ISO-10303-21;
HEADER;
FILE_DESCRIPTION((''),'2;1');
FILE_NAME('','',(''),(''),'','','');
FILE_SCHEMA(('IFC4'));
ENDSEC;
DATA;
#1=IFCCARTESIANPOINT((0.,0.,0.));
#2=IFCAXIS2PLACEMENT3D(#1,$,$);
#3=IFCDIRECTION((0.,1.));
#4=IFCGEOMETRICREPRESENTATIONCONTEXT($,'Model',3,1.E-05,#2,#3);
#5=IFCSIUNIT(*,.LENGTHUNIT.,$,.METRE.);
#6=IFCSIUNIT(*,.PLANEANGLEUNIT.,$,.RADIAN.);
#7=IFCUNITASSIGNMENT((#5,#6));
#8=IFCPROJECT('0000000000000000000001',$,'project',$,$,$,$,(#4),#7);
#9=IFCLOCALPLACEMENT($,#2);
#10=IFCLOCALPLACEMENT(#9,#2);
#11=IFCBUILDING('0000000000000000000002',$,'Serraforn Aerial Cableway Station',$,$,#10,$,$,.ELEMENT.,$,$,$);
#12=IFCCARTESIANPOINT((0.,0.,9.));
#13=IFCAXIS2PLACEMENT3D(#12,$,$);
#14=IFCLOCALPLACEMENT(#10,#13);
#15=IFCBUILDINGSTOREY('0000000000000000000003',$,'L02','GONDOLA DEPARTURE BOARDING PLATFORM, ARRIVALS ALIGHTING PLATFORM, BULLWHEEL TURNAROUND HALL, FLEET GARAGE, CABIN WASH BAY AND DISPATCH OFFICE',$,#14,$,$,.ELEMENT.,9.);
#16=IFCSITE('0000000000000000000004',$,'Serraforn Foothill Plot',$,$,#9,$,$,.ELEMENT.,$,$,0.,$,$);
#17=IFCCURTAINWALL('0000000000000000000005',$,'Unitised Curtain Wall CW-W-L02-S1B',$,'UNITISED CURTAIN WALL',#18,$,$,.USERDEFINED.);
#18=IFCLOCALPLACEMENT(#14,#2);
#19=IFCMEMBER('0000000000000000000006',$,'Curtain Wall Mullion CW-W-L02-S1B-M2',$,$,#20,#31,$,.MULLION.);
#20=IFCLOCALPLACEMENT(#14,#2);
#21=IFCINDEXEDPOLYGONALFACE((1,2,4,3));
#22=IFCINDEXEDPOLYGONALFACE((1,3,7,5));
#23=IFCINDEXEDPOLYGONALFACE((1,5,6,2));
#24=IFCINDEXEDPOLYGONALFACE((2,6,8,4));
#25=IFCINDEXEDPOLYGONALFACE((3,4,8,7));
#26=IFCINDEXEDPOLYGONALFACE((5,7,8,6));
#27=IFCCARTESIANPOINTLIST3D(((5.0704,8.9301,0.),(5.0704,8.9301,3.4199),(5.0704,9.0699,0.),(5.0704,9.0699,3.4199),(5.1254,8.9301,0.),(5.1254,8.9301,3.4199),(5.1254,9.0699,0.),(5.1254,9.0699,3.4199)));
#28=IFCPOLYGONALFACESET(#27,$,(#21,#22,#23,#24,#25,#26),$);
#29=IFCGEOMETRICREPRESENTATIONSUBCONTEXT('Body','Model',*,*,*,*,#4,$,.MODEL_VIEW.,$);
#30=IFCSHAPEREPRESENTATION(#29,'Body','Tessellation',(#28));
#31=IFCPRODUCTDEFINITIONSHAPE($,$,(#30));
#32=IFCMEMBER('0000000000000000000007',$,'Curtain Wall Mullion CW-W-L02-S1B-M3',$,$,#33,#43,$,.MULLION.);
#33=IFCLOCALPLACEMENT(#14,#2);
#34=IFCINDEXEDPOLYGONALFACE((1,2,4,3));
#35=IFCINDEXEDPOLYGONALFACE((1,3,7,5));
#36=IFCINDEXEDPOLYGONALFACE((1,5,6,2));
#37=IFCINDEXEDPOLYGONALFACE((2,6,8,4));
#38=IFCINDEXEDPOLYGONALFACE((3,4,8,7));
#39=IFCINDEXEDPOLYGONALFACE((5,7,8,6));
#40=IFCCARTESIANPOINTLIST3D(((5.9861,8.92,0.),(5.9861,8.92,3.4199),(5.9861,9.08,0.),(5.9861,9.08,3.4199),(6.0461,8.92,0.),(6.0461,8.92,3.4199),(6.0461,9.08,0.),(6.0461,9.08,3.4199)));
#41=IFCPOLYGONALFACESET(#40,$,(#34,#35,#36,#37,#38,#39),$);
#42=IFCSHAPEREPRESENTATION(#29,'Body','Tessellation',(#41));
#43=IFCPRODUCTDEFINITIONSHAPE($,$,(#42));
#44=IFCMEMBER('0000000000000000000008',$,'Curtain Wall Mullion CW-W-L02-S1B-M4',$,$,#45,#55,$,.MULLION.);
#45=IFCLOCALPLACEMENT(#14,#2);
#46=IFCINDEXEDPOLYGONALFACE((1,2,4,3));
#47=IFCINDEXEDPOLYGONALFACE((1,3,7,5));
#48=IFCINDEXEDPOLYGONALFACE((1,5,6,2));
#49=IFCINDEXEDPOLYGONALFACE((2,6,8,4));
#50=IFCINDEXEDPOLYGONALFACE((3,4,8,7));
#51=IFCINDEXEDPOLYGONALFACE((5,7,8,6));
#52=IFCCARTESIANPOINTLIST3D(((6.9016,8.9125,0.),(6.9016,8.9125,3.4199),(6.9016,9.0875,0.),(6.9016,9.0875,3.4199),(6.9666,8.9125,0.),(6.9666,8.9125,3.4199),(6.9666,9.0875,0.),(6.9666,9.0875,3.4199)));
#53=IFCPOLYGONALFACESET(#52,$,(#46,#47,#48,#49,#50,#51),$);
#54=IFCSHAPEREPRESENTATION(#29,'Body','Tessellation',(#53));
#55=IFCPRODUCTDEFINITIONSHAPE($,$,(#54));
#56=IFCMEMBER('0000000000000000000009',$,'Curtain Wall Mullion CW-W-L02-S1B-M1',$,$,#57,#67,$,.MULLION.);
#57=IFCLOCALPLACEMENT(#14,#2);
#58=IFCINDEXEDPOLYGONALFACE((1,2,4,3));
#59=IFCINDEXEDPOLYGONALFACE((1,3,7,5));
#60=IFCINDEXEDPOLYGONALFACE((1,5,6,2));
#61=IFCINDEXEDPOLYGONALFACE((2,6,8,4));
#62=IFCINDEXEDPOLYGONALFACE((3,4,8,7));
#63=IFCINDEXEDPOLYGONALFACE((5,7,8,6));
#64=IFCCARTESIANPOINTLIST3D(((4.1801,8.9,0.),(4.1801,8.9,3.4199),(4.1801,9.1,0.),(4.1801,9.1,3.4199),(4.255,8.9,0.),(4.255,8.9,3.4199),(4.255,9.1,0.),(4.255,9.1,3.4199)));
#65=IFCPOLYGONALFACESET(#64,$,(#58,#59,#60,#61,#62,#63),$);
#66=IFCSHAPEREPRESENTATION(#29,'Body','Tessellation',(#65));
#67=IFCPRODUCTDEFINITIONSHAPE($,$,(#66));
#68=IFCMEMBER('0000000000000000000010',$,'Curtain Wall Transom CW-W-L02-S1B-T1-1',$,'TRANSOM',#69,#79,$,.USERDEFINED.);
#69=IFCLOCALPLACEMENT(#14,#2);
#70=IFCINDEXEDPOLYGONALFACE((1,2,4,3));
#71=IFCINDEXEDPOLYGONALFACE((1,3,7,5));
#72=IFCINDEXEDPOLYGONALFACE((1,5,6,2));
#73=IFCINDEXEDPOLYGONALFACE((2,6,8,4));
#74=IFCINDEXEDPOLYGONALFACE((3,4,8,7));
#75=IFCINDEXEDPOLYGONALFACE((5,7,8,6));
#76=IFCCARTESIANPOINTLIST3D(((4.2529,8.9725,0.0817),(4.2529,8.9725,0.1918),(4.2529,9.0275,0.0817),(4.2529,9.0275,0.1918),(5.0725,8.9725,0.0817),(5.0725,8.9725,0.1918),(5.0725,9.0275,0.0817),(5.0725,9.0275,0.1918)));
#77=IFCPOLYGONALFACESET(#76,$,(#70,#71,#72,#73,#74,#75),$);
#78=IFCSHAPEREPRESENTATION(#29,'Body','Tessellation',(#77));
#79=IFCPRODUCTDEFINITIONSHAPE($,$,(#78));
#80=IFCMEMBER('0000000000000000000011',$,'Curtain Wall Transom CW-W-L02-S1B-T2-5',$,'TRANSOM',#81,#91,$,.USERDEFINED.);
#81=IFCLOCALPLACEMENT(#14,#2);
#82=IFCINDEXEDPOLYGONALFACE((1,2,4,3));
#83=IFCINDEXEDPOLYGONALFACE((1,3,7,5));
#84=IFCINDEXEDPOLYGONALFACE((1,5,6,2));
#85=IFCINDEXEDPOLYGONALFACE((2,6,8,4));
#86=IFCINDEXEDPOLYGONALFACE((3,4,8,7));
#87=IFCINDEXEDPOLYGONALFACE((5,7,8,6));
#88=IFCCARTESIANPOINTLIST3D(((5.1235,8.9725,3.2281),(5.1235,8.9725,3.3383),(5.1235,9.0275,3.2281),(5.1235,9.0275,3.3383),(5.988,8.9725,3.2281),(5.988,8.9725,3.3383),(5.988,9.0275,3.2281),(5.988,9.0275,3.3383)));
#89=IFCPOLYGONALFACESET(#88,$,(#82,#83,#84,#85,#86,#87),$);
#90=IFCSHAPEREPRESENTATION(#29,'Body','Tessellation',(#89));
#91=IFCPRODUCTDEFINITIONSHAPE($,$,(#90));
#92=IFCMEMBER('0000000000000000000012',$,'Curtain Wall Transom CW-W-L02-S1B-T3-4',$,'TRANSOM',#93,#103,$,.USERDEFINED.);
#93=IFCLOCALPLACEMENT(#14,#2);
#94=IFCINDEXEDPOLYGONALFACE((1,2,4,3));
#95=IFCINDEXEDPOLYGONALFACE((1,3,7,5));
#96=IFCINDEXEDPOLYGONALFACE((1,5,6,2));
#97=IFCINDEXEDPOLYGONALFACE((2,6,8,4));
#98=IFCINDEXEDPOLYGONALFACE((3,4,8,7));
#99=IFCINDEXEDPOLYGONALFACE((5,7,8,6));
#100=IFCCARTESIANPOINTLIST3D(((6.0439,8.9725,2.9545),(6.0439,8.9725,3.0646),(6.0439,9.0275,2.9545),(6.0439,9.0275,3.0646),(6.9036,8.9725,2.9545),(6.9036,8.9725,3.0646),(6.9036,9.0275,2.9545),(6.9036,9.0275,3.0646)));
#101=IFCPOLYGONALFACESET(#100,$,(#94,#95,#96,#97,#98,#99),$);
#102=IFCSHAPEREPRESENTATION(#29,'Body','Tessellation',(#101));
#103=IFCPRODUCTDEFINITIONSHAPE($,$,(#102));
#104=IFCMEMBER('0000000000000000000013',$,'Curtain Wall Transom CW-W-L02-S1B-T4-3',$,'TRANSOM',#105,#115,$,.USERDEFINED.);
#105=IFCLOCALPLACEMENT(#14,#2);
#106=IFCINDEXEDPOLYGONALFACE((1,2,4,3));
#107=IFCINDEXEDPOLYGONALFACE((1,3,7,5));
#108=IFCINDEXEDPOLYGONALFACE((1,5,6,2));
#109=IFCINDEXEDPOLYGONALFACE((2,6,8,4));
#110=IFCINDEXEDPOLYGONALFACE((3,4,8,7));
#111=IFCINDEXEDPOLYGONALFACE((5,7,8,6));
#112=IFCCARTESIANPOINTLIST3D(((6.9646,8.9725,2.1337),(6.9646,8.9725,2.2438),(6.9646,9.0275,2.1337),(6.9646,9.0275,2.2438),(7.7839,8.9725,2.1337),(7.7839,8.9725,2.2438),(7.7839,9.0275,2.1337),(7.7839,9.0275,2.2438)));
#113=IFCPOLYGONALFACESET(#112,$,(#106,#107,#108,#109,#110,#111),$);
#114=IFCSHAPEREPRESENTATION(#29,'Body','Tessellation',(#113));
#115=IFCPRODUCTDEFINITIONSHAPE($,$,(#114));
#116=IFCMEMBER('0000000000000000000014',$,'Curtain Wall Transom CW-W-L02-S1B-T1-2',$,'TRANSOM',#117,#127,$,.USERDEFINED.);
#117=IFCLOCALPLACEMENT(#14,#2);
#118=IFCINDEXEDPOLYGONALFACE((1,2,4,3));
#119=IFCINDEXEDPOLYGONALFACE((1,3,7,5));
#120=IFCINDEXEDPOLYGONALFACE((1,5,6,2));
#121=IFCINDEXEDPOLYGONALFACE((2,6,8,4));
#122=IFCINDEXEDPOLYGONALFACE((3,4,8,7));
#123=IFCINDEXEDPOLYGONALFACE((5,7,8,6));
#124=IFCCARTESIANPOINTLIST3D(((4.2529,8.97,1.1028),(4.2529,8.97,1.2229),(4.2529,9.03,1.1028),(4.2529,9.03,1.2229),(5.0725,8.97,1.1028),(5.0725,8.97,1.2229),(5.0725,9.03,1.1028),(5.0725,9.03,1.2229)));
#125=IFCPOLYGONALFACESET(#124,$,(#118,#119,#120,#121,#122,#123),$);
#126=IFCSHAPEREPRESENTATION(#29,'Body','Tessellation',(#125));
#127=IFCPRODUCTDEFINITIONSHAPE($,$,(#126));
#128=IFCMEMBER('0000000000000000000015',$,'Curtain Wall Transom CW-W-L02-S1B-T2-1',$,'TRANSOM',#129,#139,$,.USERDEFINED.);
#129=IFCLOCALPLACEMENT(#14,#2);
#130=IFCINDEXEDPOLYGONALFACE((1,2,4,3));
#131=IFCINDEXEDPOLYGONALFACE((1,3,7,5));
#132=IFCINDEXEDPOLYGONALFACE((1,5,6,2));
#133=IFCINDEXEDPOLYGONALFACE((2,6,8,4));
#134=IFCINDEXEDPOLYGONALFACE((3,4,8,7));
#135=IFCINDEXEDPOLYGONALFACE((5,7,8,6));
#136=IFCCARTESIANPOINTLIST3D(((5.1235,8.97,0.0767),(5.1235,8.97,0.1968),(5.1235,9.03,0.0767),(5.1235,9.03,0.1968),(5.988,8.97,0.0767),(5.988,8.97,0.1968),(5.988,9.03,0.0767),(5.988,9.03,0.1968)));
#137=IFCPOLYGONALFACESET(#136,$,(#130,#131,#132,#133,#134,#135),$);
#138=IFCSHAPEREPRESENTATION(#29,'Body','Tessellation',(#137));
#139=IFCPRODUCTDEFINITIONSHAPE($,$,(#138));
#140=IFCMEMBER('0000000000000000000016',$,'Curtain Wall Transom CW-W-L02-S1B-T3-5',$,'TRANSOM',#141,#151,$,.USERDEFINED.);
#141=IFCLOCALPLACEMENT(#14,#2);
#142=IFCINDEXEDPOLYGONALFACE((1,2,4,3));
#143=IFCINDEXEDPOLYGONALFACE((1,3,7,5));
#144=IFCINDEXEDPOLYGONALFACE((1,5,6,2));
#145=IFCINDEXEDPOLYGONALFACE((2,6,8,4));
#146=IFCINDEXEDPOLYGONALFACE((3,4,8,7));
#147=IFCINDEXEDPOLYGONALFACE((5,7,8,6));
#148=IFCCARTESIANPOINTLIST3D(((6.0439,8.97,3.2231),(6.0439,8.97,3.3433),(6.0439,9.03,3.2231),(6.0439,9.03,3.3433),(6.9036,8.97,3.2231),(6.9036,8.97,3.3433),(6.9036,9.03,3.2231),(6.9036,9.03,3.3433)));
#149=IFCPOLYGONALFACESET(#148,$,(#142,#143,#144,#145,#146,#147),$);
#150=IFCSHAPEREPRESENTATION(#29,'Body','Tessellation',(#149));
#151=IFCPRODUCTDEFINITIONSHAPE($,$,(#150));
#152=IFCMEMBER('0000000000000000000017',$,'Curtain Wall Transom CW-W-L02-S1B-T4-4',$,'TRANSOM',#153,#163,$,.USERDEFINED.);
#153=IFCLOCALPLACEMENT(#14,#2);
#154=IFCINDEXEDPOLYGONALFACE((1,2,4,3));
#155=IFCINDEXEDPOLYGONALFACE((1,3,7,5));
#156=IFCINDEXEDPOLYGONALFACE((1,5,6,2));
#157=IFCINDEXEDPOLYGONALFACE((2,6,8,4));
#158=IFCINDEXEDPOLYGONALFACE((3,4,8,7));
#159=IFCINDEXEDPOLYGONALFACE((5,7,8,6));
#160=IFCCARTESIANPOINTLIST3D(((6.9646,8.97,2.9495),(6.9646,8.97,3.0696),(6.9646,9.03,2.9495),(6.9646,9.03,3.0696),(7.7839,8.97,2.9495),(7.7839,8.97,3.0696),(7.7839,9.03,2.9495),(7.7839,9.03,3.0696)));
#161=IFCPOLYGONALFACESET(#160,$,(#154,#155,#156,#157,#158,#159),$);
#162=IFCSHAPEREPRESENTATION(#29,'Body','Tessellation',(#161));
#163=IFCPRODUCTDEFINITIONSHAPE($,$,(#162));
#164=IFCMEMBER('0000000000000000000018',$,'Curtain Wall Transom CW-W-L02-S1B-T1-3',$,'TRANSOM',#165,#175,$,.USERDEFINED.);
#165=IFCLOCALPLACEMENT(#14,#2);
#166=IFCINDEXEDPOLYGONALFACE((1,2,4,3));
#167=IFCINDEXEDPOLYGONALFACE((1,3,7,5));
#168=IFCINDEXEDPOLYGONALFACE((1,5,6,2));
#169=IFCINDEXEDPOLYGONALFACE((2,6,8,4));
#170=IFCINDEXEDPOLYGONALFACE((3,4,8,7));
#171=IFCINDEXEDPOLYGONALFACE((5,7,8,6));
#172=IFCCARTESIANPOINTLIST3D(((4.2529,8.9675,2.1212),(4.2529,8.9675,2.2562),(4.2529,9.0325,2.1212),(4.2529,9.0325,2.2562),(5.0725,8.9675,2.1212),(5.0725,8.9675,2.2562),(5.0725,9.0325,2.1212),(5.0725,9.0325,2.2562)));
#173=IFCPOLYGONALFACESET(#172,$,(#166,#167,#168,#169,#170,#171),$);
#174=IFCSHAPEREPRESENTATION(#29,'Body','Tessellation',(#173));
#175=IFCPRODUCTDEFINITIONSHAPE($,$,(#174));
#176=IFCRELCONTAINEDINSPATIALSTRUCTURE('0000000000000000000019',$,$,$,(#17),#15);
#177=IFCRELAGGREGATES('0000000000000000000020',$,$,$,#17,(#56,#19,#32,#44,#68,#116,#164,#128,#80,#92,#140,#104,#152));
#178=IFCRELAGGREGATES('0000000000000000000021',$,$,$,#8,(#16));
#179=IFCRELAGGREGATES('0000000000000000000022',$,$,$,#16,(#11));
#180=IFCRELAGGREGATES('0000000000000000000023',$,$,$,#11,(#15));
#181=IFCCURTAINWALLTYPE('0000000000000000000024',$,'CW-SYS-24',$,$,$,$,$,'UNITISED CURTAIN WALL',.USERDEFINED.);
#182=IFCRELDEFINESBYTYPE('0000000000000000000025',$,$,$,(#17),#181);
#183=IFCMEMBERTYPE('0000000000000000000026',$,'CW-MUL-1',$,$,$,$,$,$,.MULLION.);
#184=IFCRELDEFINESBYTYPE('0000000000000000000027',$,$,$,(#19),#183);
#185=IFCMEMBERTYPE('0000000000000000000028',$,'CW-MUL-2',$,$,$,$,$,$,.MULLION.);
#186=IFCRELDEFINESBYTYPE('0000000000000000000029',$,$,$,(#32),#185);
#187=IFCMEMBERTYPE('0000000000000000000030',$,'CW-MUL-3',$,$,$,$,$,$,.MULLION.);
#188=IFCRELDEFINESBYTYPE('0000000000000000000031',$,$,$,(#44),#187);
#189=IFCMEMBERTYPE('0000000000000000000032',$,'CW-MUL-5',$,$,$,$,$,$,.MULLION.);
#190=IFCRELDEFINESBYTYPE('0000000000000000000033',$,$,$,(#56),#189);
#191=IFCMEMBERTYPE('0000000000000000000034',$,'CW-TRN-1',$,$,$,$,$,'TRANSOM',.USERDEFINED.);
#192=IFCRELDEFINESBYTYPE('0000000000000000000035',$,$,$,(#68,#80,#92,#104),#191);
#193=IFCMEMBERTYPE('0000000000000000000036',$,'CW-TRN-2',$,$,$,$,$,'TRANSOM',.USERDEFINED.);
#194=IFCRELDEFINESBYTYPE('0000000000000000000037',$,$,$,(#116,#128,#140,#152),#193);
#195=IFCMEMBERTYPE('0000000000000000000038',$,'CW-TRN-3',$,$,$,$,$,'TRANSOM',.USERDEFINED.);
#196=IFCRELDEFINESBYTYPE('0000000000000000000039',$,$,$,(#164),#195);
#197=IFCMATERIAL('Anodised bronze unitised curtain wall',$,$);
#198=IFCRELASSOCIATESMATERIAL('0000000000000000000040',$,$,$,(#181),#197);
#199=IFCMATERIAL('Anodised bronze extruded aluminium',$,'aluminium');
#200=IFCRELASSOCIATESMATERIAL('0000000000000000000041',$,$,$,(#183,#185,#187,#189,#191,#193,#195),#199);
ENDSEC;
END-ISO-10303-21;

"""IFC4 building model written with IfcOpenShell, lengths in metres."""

from ifc_helpers import new_model, si_unit, direction, frame, origin, origin_2d, place, context, subcontext, project, spatial, rectangle, extrude, material, material_profile, profile_set, type_object, element, aggregate, save


model = new_model("IFC4")

# Units and contexts
model_context = context("Model", 3, precision=1e-05, world=origin(), true_north=direction((0.0, 1.0)))
body_context = subcontext(model_context, "Body", "Model", "MODEL_VIEW")
ifc_project = project(units=[si_unit("LENGTHUNIT", "METRE"), si_unit("PLANEANGLEUNIT", "RADIAN")], contexts=[model_context])

# Site, building, storey
site_placement = place(None, origin())
site = spatial("IfcSite", under=ifc_project, at=site_placement, Name="Serraforn Foothill Plot", CompositionType="ELEMENT", RefElevation=0.0)
building_placement = place(site_placement, origin())
building = spatial("IfcBuilding", under=site, at=building_placement, Name="Serraforn Aerial Cableway Station", CompositionType="ELEMENT")
storey_placement = place(building_placement, frame((0.0, 0.0, 9.0)))
storey = spatial("IfcBuildingStorey", under=building, at=storey_placement, Name="L02", Description="GONDOLA DEPARTURE BOARDING PLATFORM, ARRIVALS ALIGHTING PLATFORM, BULLWHEEL TURNAROUND HALL, FLEET GARAGE, CABIN WASH BAY AND DISPATCH OFFICE", CompositionType="ELEMENT", Elevation=9.0)

# Curtain wall, members
ifc_material_1 = material(Name="Anodised bronze unitised curtain wall")
curtain_wall_type = type_object("IfcCurtainWallType", Name="CW-SYS-24", ElementType="UNITISED CURTAIN WALL", PredefinedType="USERDEFINED", material=ifc_material_1)
curtain_wall_placement = place(storey_placement, origin())
curtain_wall = element("IfcCurtainWall", 1, at=curtain_wall_placement, inside=storey, type_object=curtain_wall_type, Name="Unitised Curtain Wall CW-W-L02-S1B", ObjectType="UNITISED CURTAIN WALL", PredefinedType="USERDEFINED")
ifc_material_2 = material(Name="Anodised bronze extruded aluminium", Category="aluminium")
ifc_material_profile_1 = material_profile(ifc_material_2, rectangle(XDim=0.0549, YDim=0.1399, at=origin_2d()), Name="CW MULLION 55x140")
ifc_profile_set_1 = profile_set([ifc_material_profile_1], Name="Anodised bronze extruded aluminium")
member_type_1 = type_object("IfcMemberType", Name="CW-MUL-1", PredefinedType="MULLION", material=ifc_profile_set_1)
member_1_placement = place(storey_placement, frame((5.0979, 9.0, 0.0), z_axis=(0.0, 0.0, 1.0), x_axis=(1.0, 0.0, 0.0)))
member_1 = element("IfcMember", 2, at=member_1_placement, type_object=member_type_1, Name="Curtain Wall Mullion CW-W-L02-S1B-M2", PredefinedType="MULLION", context=body_context, shape_type="SweptSolid", body=[
    extrude(rectangle(XDim=0.0549, YDim=0.1399, at=origin_2d()), origin(), (0.0, 0.0, 1.0), 3.4199),
])
ifc_material_profile_2 = material_profile(ifc_material_2, rectangle(XDim=0.0601, YDim=0.1599, at=origin_2d()), Name="CW MULLION 60x160")
ifc_profile_set_2 = profile_set([ifc_material_profile_2], Name="Anodised bronze extruded aluminium")
member_type_2 = type_object("IfcMemberType", Name="CW-MUL-2", PredefinedType="MULLION", material=ifc_profile_set_2)
member_2_placement = place(storey_placement, frame((6.0161, 9.0, 0.0), z_axis=(0.0, 0.0, 1.0), x_axis=(1.0, 0.0, 0.0)))
member_2 = element("IfcMember", 3, at=member_2_placement, type_object=member_type_2, Name="Curtain Wall Mullion CW-W-L02-S1B-M3", PredefinedType="MULLION", context=body_context, shape_type="SweptSolid", body=[
    extrude(rectangle(XDim=0.0601, YDim=0.1599, at=origin_2d()), origin(), (0.0, 0.0, 1.0), 3.4199),
])
ifc_material_profile_3 = material_profile(ifc_material_2, rectangle(XDim=0.0649, YDim=0.175, at=origin_2d()), Name="CW MULLION 65x175")
ifc_profile_set_3 = profile_set([ifc_material_profile_3], Name="Anodised bronze extruded aluminium")
member_type_3 = type_object("IfcMemberType", Name="CW-MUL-3", PredefinedType="MULLION", material=ifc_profile_set_3)
member_3_placement = place(storey_placement, frame((6.9341, 9.0, 0.0), z_axis=(0.0, 0.0, 1.0), x_axis=(1.0, 0.0, 0.0)))
member_3 = element("IfcMember", 4, at=member_3_placement, type_object=member_type_3, Name="Curtain Wall Mullion CW-W-L02-S1B-M4", PredefinedType="MULLION", context=body_context, shape_type="SweptSolid", body=[
    extrude(rectangle(XDim=0.0649, YDim=0.175, at=origin_2d()), origin(), (0.0, 0.0, 1.0), 3.4199),
])
ifc_material_profile_4 = material_profile(ifc_material_2, rectangle(XDim=0.075, YDim=0.2, at=origin_2d()), Name="CW MULLION 75x200")
ifc_profile_set_4 = profile_set([ifc_material_profile_4], Name="Anodised bronze extruded aluminium")
member_type_4 = type_object("IfcMemberType", Name="CW-MUL-5", PredefinedType="MULLION", material=ifc_profile_set_4)
member_4_placement = place(storey_placement, frame((4.2175, 9.0, 0.0), z_axis=(0.0, 0.0, 1.0), x_axis=(1.0, 0.0, 0.0)))
member_4 = element("IfcMember", 5, at=member_4_placement, type_object=member_type_4, Name="Curtain Wall Mullion CW-W-L02-S1B-M1", PredefinedType="MULLION", context=body_context, shape_type="SweptSolid", body=[
    extrude(rectangle(XDim=0.075, YDim=0.2, at=origin_2d()), origin(), (0.0, 0.0, 1.0), 3.4199),
])
ifc_material_profile_5 = material_profile(ifc_material_2, rectangle(XDim=0.0549, YDim=0.1101, at=origin_2d()), Name="CW TRANSOM 55x110")
ifc_profile_set_5 = profile_set([ifc_material_profile_5], Name="Anodised bronze extruded aluminium")
member_type_5 = type_object("IfcMemberType", Name="CW-TRN-1", ElementType="TRANSOM", PredefinedType="USERDEFINED", material=ifc_profile_set_5)
member_5_placement = place(storey_placement, frame((4.2529, 9.0, 0.1367), z_axis=(1.0, 0.0, 0.0), x_axis=(0.0, 1.0, 0.0)))
member_5 = element("IfcMember", 6, at=member_5_placement, type_object=member_type_5, Name="Curtain Wall Transom CW-W-L02-S1B-T1-1", ObjectType="TRANSOM", PredefinedType="USERDEFINED", context=body_context, shape_type="SweptSolid", body=[
    extrude(rectangle(XDim=0.0549, YDim=0.1101, at=origin_2d()), origin(), (0.0, 0.0, 1.0), 0.8196),
])
member_6_placement = place(storey_placement, frame((5.1235, 9.0, 3.2832), z_axis=(1.0, 0.0, 0.0), x_axis=(0.0, 1.0, 0.0)))
member_6 = element("IfcMember", 7, at=member_6_placement, type_object=member_type_5, Name="Curtain Wall Transom CW-W-L02-S1B-T2-5", ObjectType="TRANSOM", PredefinedType="USERDEFINED", context=body_context, shape_type="SweptSolid", body=[
    extrude(rectangle(XDim=0.0549, YDim=0.1101, at=origin_2d()), origin(), (0.0, 0.0, 1.0), 0.8645),
])
member_7_placement = place(storey_placement, frame((6.0439, 9.0, 3.0095), z_axis=(1.0, 0.0, 0.0), x_axis=(0.0, 1.0, 0.0)))
member_7 = element("IfcMember", 8, at=member_7_placement, type_object=member_type_5, Name="Curtain Wall Transom CW-W-L02-S1B-T3-4", ObjectType="TRANSOM", PredefinedType="USERDEFINED", context=body_context, shape_type="SweptSolid", body=[
    extrude(rectangle(XDim=0.0549, YDim=0.1101, at=origin_2d()), origin(), (0.0, 0.0, 1.0), 0.8596),
])
member_8_placement = place(storey_placement, frame((6.9646, 9.0, 2.1887), z_axis=(1.0, 0.0, 0.0), x_axis=(0.0, 1.0, 0.0)))
member_8 = element("IfcMember", 9, at=member_8_placement, type_object=member_type_5, Name="Curtain Wall Transom CW-W-L02-S1B-T4-3", ObjectType="TRANSOM", PredefinedType="USERDEFINED", context=body_context, shape_type="SweptSolid", body=[
    extrude(rectangle(XDim=0.0549, YDim=0.1101, at=origin_2d()), origin(), (0.0, 0.0, 1.0), 0.8193),
])
ifc_material_profile_6 = material_profile(ifc_material_2, rectangle(XDim=0.0601, YDim=0.1201, at=origin_2d()), Name="CW TRANSOM 60x120")
ifc_profile_set_6 = profile_set([ifc_material_profile_6], Name="Anodised bronze extruded aluminium")
member_type_6 = type_object("IfcMemberType", Name="CW-TRN-2", ElementType="TRANSOM", PredefinedType="USERDEFINED", material=ifc_profile_set_6)
member_9_placement = place(storey_placement, frame((4.2529, 9.0, 1.1628), z_axis=(1.0, 0.0, 0.0), x_axis=(0.0, 1.0, 0.0)))
member_9 = element("IfcMember", 10, at=member_9_placement, type_object=member_type_6, Name="Curtain Wall Transom CW-W-L02-S1B-T1-2", ObjectType="TRANSOM", PredefinedType="USERDEFINED", context=body_context, shape_type="SweptSolid", body=[
    extrude(rectangle(XDim=0.0601, YDim=0.1201, at=origin_2d()), origin(), (0.0, 0.0, 1.0), 0.8196),
])
member_10_placement = place(storey_placement, frame((5.1235, 9.0, 0.1367), z_axis=(1.0, 0.0, 0.0), x_axis=(0.0, 1.0, 0.0)))
member_10 = element("IfcMember", 11, at=member_10_placement, type_object=member_type_6, Name="Curtain Wall Transom CW-W-L02-S1B-T2-1", ObjectType="TRANSOM", PredefinedType="USERDEFINED", context=body_context, shape_type="SweptSolid", body=[
    extrude(rectangle(XDim=0.0601, YDim=0.1201, at=origin_2d()), origin(), (0.0, 0.0, 1.0), 0.8645),
])
member_11_placement = place(storey_placement, frame((6.0439, 9.0, 3.2832), z_axis=(1.0, 0.0, 0.0), x_axis=(0.0, 1.0, 0.0)))
member_11 = element("IfcMember", 12, at=member_11_placement, type_object=member_type_6, Name="Curtain Wall Transom CW-W-L02-S1B-T3-5", ObjectType="TRANSOM", PredefinedType="USERDEFINED", context=body_context, shape_type="SweptSolid", body=[
    extrude(rectangle(XDim=0.0601, YDim=0.1201, at=origin_2d()), origin(), (0.0, 0.0, 1.0), 0.8596),
])
member_12_placement = place(storey_placement, frame((6.9646, 9.0, 3.0095), z_axis=(1.0, 0.0, 0.0), x_axis=(0.0, 1.0, 0.0)))
member_12 = element("IfcMember", 13, at=member_12_placement, type_object=member_type_6, Name="Curtain Wall Transom CW-W-L02-S1B-T4-4", ObjectType="TRANSOM", PredefinedType="USERDEFINED", context=body_context, shape_type="SweptSolid", body=[
    extrude(rectangle(XDim=0.0601, YDim=0.1201, at=origin_2d()), origin(), (0.0, 0.0, 1.0), 0.8193),
])
ifc_material_profile_7 = material_profile(ifc_material_2, rectangle(XDim=0.0649, YDim=0.135, at=origin_2d()), Name="CW TRANSOM 65x135")
ifc_profile_set_7 = profile_set([ifc_material_profile_7], Name="Anodised bronze extruded aluminium")
member_type_7 = type_object("IfcMemberType", Name="CW-TRN-3", ElementType="TRANSOM", PredefinedType="USERDEFINED", material=ifc_profile_set_7)
member_13_placement = place(storey_placement, frame((4.2529, 9.0, 2.1887), z_axis=(1.0, 0.0, 0.0), x_axis=(0.0, 1.0, 0.0)))
member_13 = element("IfcMember", 14, at=member_13_placement, type_object=member_type_7, Name="Curtain Wall Transom CW-W-L02-S1B-T1-3", ObjectType="TRANSOM", PredefinedType="USERDEFINED", context=body_context, shape_type="SweptSolid", body=[
    extrude(rectangle(XDim=0.0649, YDim=0.135, at=origin_2d()), origin(), (0.0, 0.0, 1.0), 0.8196),
])
aggregate(curtain_wall, [member_4, member_1, member_2, member_3, member_5, member_9, member_13, member_10, member_6, member_7, member_11, member_8, member_12])

save(model, "model.ifc")
